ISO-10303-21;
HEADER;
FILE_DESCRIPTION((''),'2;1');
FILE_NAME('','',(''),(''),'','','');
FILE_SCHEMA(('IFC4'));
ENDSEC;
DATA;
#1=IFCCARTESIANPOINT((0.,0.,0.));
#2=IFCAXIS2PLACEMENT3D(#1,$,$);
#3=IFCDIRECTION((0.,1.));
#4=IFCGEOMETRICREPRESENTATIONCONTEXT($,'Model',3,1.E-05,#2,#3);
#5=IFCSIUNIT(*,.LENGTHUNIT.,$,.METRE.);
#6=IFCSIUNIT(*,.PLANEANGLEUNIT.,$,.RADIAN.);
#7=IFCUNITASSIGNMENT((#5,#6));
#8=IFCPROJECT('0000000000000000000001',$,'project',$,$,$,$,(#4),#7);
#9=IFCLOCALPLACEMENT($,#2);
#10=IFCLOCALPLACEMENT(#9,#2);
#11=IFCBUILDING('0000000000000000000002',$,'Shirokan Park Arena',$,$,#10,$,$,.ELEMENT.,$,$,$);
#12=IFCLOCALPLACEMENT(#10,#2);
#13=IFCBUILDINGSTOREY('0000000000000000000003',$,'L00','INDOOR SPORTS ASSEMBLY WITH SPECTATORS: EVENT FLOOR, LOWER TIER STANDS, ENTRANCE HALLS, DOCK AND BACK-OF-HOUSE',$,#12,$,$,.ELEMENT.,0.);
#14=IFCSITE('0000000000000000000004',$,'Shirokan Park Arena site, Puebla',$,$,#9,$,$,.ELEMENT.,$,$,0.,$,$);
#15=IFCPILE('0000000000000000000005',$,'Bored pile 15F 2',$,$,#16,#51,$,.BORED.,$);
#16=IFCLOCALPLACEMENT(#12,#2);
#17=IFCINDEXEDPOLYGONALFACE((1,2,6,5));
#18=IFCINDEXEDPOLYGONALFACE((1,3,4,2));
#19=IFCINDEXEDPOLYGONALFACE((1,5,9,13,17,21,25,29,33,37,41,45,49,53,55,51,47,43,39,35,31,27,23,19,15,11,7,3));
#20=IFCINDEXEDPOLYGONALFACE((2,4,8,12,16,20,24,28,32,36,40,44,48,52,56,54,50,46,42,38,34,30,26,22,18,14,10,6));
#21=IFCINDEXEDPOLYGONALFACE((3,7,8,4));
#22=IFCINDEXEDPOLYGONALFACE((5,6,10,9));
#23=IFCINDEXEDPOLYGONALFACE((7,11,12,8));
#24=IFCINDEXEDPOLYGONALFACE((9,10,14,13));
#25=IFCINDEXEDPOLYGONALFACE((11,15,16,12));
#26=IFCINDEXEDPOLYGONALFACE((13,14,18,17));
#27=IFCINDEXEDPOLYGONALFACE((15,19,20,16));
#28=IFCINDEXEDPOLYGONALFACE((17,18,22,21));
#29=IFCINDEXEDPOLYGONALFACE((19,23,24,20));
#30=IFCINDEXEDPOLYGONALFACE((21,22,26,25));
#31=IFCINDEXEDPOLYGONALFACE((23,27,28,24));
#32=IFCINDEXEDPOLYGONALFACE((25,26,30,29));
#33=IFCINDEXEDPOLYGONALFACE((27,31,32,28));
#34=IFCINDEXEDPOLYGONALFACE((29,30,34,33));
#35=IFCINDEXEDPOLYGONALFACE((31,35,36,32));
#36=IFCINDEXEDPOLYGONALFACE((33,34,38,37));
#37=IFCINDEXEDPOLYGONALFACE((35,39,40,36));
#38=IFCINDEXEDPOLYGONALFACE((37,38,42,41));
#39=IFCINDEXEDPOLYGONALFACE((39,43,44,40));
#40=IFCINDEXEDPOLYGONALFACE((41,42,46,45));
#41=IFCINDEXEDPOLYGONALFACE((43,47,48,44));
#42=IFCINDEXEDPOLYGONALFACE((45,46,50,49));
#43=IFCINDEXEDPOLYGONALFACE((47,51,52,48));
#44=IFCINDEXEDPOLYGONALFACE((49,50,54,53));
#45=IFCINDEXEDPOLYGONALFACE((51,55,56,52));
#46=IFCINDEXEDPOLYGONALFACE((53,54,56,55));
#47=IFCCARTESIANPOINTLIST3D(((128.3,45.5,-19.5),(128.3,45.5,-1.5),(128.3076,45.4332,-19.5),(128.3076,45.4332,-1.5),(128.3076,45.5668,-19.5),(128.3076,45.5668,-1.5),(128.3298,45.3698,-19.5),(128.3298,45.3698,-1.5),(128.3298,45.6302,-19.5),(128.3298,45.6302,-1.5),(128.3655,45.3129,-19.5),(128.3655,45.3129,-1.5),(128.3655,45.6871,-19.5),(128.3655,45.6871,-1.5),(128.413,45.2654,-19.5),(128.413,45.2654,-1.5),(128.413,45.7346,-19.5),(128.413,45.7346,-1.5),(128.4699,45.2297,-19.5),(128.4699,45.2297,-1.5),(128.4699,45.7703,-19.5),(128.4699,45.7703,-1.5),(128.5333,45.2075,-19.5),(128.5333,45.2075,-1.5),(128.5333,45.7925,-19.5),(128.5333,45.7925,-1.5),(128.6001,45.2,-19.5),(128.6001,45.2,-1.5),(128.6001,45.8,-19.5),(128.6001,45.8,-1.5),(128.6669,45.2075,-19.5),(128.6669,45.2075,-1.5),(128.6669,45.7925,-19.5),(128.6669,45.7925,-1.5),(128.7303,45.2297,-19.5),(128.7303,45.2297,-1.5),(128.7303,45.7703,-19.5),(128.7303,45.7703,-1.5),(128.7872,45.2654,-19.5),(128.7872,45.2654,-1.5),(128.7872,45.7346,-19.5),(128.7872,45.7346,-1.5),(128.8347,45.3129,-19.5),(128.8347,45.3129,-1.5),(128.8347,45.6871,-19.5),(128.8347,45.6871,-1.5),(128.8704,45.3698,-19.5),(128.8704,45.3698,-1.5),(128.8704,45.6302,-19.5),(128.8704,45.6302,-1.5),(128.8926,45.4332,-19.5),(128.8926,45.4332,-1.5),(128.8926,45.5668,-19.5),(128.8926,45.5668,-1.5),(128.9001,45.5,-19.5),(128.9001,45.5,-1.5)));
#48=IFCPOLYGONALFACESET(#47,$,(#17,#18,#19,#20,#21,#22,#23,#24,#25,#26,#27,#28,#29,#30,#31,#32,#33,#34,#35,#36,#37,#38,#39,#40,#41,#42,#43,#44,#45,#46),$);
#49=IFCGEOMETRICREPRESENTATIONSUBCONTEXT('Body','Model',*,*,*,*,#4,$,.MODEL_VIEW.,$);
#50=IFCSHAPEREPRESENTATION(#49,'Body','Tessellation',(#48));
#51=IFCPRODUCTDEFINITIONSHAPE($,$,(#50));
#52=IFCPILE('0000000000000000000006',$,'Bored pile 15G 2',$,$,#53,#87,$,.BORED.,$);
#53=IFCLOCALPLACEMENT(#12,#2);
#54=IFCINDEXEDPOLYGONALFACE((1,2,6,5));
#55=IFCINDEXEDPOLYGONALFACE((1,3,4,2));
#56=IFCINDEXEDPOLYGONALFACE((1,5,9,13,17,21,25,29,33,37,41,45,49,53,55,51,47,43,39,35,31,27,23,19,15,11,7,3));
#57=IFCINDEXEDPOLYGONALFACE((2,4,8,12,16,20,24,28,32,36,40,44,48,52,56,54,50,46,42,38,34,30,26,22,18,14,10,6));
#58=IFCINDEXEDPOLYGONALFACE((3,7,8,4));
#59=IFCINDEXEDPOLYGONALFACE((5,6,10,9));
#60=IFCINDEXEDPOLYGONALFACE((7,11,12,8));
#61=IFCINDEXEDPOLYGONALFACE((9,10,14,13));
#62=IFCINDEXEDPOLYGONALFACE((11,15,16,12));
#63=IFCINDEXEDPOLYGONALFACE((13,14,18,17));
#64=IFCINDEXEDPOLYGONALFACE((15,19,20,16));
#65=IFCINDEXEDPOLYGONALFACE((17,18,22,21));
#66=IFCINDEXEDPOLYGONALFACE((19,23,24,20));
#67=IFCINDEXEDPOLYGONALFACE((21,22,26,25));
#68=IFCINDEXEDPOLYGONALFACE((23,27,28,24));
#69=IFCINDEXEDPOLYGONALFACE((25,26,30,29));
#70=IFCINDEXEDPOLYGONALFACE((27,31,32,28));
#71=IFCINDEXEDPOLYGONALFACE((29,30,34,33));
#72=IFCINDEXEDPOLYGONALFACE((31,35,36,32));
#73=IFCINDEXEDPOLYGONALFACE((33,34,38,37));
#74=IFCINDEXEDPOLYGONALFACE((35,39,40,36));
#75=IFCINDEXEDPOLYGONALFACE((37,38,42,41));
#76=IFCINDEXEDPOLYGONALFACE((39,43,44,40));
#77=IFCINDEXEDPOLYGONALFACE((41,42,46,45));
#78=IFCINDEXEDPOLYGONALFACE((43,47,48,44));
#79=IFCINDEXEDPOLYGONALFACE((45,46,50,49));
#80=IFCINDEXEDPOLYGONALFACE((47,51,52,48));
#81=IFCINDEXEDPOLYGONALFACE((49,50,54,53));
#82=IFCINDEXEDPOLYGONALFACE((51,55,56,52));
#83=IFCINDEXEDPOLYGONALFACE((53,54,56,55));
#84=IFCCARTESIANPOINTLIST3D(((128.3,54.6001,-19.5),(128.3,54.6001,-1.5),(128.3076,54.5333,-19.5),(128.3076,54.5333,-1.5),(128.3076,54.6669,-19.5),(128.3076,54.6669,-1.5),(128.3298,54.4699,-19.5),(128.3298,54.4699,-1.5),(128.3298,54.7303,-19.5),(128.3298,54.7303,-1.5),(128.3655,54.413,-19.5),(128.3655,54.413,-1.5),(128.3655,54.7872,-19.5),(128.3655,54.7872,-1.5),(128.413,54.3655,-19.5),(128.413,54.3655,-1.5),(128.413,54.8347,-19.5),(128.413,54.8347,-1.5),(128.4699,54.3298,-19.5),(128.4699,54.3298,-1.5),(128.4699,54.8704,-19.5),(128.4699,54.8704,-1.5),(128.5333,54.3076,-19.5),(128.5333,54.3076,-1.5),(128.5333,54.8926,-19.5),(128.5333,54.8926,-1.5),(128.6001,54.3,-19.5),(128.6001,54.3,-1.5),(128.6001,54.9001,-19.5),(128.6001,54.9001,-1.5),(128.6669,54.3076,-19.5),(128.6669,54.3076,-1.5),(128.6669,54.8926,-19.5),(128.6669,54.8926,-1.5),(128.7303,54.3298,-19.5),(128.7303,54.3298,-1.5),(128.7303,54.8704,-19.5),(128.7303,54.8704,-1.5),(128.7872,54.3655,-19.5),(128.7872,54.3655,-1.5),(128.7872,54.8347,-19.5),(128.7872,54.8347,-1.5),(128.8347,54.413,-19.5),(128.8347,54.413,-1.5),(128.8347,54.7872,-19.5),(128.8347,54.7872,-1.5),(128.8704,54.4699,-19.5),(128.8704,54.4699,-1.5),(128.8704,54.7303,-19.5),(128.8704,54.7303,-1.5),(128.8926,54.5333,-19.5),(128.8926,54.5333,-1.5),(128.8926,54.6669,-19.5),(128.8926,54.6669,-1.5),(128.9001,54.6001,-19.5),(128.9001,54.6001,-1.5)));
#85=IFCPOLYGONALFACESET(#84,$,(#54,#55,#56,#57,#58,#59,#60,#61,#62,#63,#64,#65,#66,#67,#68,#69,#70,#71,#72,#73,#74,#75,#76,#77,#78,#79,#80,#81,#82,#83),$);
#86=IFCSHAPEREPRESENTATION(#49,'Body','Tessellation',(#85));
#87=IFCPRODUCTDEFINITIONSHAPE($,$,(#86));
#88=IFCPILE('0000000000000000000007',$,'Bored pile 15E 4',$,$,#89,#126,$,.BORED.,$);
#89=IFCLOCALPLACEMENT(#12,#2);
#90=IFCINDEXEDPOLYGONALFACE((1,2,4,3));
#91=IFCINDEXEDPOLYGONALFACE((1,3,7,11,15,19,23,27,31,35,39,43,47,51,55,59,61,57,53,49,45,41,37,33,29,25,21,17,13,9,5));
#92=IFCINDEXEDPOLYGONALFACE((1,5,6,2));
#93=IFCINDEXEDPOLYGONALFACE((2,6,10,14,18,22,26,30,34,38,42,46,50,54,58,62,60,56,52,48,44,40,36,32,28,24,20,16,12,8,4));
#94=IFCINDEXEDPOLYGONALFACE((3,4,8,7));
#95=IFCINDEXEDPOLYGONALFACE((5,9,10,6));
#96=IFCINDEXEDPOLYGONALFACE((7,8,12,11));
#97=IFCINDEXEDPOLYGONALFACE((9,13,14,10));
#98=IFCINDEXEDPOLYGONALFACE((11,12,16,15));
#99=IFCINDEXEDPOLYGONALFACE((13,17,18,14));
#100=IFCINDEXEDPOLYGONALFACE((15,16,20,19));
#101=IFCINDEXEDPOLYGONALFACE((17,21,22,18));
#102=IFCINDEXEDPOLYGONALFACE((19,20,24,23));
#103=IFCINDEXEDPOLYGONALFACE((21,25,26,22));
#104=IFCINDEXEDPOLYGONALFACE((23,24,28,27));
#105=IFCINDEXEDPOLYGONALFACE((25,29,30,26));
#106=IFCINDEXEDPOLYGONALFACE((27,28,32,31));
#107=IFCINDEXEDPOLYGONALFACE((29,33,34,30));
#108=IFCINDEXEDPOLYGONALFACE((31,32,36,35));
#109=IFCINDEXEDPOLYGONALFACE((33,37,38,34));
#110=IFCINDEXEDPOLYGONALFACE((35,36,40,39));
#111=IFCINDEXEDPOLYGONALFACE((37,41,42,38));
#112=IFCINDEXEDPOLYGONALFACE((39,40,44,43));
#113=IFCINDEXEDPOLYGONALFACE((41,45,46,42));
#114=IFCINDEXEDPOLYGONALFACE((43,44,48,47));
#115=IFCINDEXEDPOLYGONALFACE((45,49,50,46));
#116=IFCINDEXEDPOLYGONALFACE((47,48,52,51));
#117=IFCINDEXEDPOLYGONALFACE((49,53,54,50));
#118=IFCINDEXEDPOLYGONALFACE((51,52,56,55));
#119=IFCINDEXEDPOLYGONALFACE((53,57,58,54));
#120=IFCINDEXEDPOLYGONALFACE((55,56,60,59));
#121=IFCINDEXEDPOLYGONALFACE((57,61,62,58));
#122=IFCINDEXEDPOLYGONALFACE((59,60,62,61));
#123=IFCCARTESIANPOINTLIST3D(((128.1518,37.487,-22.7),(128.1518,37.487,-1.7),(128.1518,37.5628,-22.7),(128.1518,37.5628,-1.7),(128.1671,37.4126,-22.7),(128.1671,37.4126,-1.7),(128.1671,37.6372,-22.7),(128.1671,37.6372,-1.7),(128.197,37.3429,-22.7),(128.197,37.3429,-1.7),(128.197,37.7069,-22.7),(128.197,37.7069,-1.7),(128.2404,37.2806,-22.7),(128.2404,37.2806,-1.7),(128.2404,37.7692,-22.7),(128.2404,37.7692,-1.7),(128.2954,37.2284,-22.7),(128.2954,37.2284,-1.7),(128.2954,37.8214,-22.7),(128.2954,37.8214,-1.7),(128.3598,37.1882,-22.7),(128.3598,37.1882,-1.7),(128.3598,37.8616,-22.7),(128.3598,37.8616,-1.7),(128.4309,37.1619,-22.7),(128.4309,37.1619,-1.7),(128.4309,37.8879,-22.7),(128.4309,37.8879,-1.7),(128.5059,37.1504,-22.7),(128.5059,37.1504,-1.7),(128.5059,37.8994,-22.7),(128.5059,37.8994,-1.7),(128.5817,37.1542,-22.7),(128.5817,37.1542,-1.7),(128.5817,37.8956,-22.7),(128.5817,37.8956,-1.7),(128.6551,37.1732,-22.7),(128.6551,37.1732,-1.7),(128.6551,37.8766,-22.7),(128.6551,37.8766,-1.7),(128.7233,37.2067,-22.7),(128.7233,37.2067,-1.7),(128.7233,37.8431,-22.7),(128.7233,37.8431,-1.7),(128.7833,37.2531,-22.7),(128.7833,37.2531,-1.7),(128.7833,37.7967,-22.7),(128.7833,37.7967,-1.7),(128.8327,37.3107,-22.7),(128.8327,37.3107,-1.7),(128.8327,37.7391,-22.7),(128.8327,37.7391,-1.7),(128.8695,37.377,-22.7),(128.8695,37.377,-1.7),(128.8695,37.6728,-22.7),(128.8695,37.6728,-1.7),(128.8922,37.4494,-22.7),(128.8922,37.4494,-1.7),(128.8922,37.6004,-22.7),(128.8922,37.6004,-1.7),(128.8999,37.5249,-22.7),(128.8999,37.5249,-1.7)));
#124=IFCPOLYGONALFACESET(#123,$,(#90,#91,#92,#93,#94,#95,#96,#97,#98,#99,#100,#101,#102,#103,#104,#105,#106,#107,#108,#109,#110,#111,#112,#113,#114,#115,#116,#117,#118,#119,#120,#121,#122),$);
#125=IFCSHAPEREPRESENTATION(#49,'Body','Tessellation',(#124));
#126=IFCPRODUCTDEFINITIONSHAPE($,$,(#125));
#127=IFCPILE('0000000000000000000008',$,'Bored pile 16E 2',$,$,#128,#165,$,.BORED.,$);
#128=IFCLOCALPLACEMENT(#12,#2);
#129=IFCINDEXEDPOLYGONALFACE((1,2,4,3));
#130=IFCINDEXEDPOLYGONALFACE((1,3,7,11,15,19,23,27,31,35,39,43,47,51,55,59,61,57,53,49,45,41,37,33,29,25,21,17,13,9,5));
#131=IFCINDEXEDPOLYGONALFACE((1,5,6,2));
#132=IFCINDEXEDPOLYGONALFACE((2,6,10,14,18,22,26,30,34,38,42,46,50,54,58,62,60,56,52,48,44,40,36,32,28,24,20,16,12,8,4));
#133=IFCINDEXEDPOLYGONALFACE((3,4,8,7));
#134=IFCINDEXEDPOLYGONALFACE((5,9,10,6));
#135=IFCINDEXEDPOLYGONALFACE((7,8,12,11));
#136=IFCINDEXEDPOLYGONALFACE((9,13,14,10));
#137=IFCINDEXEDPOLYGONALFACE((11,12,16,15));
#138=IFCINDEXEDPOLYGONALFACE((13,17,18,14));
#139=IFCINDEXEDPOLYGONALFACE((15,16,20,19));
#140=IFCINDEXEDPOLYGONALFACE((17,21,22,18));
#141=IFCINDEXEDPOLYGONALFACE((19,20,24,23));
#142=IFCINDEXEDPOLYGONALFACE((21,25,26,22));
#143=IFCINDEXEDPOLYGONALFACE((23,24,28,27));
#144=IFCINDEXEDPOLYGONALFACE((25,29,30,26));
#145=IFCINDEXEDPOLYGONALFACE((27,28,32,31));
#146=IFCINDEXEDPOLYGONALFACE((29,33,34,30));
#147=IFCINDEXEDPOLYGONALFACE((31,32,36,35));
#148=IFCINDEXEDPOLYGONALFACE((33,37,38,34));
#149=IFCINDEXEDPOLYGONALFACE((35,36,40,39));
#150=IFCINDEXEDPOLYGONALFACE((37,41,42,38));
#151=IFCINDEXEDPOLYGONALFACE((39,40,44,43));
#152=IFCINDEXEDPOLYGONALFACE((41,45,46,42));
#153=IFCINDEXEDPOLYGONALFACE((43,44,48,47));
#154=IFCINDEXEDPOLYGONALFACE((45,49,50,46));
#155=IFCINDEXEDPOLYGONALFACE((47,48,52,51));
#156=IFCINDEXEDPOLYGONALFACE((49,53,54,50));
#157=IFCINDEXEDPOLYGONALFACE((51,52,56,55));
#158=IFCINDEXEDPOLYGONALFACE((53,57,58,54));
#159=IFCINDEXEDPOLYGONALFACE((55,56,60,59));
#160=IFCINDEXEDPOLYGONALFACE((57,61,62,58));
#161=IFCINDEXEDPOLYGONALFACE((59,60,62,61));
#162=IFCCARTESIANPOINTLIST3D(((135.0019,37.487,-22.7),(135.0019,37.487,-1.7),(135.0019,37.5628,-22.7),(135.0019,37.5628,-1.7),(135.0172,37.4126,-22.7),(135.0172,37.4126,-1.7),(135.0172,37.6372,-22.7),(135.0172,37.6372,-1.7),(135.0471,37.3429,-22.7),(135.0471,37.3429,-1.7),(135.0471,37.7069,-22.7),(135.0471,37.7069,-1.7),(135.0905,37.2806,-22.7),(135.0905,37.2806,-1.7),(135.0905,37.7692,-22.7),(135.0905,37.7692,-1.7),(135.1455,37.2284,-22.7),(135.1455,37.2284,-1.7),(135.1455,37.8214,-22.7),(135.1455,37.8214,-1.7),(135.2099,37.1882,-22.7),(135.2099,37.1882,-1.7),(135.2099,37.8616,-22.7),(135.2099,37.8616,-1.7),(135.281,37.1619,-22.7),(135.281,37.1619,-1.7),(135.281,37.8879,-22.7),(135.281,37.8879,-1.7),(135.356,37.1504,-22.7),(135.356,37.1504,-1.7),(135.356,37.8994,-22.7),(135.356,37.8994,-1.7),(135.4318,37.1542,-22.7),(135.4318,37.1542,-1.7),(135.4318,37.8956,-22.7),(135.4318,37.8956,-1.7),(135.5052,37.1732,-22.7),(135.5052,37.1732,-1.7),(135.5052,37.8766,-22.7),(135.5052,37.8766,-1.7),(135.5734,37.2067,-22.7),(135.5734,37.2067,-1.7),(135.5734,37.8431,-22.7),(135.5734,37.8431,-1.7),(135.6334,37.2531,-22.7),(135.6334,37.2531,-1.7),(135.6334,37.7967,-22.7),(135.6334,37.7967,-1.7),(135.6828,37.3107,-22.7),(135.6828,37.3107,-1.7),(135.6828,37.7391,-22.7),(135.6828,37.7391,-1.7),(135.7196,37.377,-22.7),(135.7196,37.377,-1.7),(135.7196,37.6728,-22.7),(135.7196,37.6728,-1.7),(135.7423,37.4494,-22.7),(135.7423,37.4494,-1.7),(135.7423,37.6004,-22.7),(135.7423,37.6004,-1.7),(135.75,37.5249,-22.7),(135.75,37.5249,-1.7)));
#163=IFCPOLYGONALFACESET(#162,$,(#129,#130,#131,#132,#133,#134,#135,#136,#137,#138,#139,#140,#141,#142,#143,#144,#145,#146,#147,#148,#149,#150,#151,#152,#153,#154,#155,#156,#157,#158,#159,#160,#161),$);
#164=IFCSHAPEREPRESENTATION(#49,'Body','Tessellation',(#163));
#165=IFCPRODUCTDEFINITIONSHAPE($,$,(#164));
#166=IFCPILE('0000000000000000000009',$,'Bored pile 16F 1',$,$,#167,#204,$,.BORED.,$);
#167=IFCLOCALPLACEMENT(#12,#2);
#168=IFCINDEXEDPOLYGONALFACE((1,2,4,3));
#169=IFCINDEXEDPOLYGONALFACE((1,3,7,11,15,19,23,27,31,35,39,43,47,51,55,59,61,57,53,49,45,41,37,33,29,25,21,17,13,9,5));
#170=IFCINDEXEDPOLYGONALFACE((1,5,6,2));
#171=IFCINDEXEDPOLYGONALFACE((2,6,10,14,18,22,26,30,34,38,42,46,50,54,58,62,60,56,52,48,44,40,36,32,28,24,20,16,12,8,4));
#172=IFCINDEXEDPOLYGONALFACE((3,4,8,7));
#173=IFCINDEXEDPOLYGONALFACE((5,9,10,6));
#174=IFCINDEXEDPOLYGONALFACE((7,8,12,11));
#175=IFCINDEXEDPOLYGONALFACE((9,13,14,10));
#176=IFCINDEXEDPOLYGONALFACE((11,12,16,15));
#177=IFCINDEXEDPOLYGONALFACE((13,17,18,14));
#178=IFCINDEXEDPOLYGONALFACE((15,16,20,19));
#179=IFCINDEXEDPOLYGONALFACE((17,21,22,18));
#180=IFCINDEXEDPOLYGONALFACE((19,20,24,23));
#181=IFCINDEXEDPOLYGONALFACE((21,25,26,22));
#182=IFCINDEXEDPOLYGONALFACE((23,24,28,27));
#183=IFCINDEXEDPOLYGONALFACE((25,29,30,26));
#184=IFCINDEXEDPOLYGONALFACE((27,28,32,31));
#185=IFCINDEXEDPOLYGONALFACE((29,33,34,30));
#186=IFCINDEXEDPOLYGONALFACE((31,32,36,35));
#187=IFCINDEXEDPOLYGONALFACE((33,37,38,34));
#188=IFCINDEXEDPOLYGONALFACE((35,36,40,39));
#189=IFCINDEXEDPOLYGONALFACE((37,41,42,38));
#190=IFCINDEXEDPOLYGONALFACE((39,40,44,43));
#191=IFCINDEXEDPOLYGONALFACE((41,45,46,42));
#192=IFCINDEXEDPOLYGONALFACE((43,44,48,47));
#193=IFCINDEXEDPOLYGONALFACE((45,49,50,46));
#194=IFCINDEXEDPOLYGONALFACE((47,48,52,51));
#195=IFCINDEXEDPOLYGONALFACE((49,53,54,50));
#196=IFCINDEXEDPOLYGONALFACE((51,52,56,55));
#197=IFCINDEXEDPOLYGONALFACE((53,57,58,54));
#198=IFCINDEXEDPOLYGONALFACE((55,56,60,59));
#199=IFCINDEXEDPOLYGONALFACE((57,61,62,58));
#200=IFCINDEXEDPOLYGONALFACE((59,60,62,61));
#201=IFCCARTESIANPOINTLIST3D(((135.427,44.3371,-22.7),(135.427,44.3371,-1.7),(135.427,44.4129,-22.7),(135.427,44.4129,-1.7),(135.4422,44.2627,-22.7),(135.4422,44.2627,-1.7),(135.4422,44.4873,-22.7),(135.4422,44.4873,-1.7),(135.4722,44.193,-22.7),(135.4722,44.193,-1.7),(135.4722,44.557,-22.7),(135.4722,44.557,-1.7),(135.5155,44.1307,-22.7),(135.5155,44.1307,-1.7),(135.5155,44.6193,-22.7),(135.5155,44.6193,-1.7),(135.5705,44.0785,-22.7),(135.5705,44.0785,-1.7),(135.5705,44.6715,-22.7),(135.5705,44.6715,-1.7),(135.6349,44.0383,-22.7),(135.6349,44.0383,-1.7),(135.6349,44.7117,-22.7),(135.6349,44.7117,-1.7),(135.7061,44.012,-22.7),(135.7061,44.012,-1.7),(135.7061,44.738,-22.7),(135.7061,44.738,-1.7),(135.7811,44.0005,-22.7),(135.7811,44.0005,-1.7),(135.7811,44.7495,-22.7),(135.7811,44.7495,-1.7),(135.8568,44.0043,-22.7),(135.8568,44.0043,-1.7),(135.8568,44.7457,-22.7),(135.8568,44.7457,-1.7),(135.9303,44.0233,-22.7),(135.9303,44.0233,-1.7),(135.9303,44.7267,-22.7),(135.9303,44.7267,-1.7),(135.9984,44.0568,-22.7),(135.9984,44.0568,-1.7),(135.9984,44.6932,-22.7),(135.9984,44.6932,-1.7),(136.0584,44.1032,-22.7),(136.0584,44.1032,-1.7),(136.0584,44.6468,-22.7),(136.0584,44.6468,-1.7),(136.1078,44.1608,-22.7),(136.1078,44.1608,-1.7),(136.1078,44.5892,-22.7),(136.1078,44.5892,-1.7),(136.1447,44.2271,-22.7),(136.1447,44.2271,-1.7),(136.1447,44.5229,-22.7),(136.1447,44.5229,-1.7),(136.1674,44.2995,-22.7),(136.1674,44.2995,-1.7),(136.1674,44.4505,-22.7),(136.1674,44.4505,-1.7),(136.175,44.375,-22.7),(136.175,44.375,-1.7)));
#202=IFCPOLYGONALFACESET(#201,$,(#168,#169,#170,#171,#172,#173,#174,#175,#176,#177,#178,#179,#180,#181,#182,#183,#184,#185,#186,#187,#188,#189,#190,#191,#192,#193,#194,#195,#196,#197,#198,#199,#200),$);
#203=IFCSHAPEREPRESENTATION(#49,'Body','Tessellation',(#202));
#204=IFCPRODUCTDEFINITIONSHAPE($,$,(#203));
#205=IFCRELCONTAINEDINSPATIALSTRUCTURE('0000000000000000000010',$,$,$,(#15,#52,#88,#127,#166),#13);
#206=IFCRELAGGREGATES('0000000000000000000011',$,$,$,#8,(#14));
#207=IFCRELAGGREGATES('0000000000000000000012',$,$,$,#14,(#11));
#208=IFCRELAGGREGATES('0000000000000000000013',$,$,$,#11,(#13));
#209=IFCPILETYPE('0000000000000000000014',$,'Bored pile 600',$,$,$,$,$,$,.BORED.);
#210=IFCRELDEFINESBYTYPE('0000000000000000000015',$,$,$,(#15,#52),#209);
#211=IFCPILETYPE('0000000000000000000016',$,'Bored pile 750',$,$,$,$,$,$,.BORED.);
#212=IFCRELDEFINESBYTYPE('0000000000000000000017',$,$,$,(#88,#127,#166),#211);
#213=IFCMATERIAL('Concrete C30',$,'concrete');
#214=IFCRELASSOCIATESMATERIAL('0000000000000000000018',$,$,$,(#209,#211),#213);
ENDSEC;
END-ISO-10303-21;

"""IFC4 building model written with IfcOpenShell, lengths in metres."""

from ifc_helpers import new_model, si_unit, direction, frame, origin, origin_2d, place, context, subcontext, project, spatial, circle, extrude, material, material_profile, profile_set, type_object, element, save


model = new_model("IFC4")

# Units and contexts
model_context = context("Model", 3, precision=1e-05, world=origin(), true_north=direction((0.0, 1.0)))
body_context = subcontext(model_context, "Body", "Model", "MODEL_VIEW")
ifc_project = project(units=[si_unit("LENGTHUNIT", "METRE"), si_unit("PLANEANGLEUNIT", "RADIAN")], contexts=[model_context])

# Site, building, storey
site_placement = place(None, origin())
site = spatial("IfcSite", under=ifc_project, at=site_placement, Name="Shirokan Park Arena site, Puebla", CompositionType="ELEMENT", RefElevation=0.0)
building_placement = place(site_placement, origin())
building = spatial("IfcBuilding", under=site, at=building_placement, Name="Shirokan Park Arena", CompositionType="ELEMENT")
storey_placement = place(building_placement, origin())
storey = spatial("IfcBuildingStorey", under=building, at=storey_placement, Name="L00", Description="INDOOR SPORTS ASSEMBLY WITH SPECTATORS: EVENT FLOOR, LOWER TIER STANDS, ENTRANCE HALLS, DOCK AND BACK-OF-HOUSE", CompositionType="ELEMENT", Elevation=0.0)

# Piles
ifc_material_1 = material(Name="Concrete C30", Category="concrete")
ifc_material_profile_1 = material_profile(ifc_material_1, circle(Radius=0.3, at=origin_2d()), Name="D600")
ifc_profile_set_1 = profile_set([ifc_material_profile_1], Name="Concrete C30")
pile_type_1 = type_object("IfcPileType", Name="Bored pile 600", PredefinedType="BORED", material=ifc_profile_set_1)
for number, where, z_axis, x_axis, name in (
    (1, (128.6001, 45.5, -1.5), (0.0, 0.0, -1.0), (1.0, 0.0, 0.0), "Bored pile 15F 2"),
    (2, (128.6001, 54.6001, -1.5), (0.0, 0.0, -1.0), (1.0, 0.0, 0.0), "Bored pile 15G 2"),
):
    element("IfcPile", number, at=place(storey_placement, frame(where, z_axis=z_axis, x_axis=x_axis)), inside=storey, type_object=pile_type_1, Name=name, PredefinedType="BORED", context=body_context, shape_type="SweptSolid", body=[
        extrude(circle(Radius=0.3, at=origin_2d()), origin(), (0.0, 0.0, 1.0), 18.0),
    ])
ifc_material_profile_2 = material_profile(ifc_material_1, circle(Radius=0.375, at=origin_2d()), Name="D750")
ifc_profile_set_2 = profile_set([ifc_material_profile_2], Name="Concrete C30")
pile_type_2 = type_object("IfcPileType", Name="Bored pile 750", PredefinedType="BORED", material=ifc_profile_set_2)
for number, where, z_axis, x_axis, name in (
    (3, (128.5249, 37.5249, -1.7), (0.0, 0.0, -1.0), (1.0, 0.0, 0.0), "Bored pile 15E 4"),
    (4, (135.375, 37.5249, -1.7), (0.0, 0.0, -1.0), (1.0, 0.0, 0.0), "Bored pile 16E 2"),
    (5, (135.8, 44.375, -1.7), (0.0, 0.0, -1.0), (1.0, 0.0, 0.0), "Bored pile 16F 1"),
):
    element("IfcPile", number, at=place(storey_placement, frame(where, z_axis=z_axis, x_axis=x_axis)), inside=storey, type_object=pile_type_2, Name=name, PredefinedType="BORED", context=body_context, shape_type="SweptSolid", body=[
        extrude(circle(Radius=0.375, at=origin_2d()), origin(), (0.0, 0.0, 1.0), 21.0),
    ])

save(model, "model.ifc")
